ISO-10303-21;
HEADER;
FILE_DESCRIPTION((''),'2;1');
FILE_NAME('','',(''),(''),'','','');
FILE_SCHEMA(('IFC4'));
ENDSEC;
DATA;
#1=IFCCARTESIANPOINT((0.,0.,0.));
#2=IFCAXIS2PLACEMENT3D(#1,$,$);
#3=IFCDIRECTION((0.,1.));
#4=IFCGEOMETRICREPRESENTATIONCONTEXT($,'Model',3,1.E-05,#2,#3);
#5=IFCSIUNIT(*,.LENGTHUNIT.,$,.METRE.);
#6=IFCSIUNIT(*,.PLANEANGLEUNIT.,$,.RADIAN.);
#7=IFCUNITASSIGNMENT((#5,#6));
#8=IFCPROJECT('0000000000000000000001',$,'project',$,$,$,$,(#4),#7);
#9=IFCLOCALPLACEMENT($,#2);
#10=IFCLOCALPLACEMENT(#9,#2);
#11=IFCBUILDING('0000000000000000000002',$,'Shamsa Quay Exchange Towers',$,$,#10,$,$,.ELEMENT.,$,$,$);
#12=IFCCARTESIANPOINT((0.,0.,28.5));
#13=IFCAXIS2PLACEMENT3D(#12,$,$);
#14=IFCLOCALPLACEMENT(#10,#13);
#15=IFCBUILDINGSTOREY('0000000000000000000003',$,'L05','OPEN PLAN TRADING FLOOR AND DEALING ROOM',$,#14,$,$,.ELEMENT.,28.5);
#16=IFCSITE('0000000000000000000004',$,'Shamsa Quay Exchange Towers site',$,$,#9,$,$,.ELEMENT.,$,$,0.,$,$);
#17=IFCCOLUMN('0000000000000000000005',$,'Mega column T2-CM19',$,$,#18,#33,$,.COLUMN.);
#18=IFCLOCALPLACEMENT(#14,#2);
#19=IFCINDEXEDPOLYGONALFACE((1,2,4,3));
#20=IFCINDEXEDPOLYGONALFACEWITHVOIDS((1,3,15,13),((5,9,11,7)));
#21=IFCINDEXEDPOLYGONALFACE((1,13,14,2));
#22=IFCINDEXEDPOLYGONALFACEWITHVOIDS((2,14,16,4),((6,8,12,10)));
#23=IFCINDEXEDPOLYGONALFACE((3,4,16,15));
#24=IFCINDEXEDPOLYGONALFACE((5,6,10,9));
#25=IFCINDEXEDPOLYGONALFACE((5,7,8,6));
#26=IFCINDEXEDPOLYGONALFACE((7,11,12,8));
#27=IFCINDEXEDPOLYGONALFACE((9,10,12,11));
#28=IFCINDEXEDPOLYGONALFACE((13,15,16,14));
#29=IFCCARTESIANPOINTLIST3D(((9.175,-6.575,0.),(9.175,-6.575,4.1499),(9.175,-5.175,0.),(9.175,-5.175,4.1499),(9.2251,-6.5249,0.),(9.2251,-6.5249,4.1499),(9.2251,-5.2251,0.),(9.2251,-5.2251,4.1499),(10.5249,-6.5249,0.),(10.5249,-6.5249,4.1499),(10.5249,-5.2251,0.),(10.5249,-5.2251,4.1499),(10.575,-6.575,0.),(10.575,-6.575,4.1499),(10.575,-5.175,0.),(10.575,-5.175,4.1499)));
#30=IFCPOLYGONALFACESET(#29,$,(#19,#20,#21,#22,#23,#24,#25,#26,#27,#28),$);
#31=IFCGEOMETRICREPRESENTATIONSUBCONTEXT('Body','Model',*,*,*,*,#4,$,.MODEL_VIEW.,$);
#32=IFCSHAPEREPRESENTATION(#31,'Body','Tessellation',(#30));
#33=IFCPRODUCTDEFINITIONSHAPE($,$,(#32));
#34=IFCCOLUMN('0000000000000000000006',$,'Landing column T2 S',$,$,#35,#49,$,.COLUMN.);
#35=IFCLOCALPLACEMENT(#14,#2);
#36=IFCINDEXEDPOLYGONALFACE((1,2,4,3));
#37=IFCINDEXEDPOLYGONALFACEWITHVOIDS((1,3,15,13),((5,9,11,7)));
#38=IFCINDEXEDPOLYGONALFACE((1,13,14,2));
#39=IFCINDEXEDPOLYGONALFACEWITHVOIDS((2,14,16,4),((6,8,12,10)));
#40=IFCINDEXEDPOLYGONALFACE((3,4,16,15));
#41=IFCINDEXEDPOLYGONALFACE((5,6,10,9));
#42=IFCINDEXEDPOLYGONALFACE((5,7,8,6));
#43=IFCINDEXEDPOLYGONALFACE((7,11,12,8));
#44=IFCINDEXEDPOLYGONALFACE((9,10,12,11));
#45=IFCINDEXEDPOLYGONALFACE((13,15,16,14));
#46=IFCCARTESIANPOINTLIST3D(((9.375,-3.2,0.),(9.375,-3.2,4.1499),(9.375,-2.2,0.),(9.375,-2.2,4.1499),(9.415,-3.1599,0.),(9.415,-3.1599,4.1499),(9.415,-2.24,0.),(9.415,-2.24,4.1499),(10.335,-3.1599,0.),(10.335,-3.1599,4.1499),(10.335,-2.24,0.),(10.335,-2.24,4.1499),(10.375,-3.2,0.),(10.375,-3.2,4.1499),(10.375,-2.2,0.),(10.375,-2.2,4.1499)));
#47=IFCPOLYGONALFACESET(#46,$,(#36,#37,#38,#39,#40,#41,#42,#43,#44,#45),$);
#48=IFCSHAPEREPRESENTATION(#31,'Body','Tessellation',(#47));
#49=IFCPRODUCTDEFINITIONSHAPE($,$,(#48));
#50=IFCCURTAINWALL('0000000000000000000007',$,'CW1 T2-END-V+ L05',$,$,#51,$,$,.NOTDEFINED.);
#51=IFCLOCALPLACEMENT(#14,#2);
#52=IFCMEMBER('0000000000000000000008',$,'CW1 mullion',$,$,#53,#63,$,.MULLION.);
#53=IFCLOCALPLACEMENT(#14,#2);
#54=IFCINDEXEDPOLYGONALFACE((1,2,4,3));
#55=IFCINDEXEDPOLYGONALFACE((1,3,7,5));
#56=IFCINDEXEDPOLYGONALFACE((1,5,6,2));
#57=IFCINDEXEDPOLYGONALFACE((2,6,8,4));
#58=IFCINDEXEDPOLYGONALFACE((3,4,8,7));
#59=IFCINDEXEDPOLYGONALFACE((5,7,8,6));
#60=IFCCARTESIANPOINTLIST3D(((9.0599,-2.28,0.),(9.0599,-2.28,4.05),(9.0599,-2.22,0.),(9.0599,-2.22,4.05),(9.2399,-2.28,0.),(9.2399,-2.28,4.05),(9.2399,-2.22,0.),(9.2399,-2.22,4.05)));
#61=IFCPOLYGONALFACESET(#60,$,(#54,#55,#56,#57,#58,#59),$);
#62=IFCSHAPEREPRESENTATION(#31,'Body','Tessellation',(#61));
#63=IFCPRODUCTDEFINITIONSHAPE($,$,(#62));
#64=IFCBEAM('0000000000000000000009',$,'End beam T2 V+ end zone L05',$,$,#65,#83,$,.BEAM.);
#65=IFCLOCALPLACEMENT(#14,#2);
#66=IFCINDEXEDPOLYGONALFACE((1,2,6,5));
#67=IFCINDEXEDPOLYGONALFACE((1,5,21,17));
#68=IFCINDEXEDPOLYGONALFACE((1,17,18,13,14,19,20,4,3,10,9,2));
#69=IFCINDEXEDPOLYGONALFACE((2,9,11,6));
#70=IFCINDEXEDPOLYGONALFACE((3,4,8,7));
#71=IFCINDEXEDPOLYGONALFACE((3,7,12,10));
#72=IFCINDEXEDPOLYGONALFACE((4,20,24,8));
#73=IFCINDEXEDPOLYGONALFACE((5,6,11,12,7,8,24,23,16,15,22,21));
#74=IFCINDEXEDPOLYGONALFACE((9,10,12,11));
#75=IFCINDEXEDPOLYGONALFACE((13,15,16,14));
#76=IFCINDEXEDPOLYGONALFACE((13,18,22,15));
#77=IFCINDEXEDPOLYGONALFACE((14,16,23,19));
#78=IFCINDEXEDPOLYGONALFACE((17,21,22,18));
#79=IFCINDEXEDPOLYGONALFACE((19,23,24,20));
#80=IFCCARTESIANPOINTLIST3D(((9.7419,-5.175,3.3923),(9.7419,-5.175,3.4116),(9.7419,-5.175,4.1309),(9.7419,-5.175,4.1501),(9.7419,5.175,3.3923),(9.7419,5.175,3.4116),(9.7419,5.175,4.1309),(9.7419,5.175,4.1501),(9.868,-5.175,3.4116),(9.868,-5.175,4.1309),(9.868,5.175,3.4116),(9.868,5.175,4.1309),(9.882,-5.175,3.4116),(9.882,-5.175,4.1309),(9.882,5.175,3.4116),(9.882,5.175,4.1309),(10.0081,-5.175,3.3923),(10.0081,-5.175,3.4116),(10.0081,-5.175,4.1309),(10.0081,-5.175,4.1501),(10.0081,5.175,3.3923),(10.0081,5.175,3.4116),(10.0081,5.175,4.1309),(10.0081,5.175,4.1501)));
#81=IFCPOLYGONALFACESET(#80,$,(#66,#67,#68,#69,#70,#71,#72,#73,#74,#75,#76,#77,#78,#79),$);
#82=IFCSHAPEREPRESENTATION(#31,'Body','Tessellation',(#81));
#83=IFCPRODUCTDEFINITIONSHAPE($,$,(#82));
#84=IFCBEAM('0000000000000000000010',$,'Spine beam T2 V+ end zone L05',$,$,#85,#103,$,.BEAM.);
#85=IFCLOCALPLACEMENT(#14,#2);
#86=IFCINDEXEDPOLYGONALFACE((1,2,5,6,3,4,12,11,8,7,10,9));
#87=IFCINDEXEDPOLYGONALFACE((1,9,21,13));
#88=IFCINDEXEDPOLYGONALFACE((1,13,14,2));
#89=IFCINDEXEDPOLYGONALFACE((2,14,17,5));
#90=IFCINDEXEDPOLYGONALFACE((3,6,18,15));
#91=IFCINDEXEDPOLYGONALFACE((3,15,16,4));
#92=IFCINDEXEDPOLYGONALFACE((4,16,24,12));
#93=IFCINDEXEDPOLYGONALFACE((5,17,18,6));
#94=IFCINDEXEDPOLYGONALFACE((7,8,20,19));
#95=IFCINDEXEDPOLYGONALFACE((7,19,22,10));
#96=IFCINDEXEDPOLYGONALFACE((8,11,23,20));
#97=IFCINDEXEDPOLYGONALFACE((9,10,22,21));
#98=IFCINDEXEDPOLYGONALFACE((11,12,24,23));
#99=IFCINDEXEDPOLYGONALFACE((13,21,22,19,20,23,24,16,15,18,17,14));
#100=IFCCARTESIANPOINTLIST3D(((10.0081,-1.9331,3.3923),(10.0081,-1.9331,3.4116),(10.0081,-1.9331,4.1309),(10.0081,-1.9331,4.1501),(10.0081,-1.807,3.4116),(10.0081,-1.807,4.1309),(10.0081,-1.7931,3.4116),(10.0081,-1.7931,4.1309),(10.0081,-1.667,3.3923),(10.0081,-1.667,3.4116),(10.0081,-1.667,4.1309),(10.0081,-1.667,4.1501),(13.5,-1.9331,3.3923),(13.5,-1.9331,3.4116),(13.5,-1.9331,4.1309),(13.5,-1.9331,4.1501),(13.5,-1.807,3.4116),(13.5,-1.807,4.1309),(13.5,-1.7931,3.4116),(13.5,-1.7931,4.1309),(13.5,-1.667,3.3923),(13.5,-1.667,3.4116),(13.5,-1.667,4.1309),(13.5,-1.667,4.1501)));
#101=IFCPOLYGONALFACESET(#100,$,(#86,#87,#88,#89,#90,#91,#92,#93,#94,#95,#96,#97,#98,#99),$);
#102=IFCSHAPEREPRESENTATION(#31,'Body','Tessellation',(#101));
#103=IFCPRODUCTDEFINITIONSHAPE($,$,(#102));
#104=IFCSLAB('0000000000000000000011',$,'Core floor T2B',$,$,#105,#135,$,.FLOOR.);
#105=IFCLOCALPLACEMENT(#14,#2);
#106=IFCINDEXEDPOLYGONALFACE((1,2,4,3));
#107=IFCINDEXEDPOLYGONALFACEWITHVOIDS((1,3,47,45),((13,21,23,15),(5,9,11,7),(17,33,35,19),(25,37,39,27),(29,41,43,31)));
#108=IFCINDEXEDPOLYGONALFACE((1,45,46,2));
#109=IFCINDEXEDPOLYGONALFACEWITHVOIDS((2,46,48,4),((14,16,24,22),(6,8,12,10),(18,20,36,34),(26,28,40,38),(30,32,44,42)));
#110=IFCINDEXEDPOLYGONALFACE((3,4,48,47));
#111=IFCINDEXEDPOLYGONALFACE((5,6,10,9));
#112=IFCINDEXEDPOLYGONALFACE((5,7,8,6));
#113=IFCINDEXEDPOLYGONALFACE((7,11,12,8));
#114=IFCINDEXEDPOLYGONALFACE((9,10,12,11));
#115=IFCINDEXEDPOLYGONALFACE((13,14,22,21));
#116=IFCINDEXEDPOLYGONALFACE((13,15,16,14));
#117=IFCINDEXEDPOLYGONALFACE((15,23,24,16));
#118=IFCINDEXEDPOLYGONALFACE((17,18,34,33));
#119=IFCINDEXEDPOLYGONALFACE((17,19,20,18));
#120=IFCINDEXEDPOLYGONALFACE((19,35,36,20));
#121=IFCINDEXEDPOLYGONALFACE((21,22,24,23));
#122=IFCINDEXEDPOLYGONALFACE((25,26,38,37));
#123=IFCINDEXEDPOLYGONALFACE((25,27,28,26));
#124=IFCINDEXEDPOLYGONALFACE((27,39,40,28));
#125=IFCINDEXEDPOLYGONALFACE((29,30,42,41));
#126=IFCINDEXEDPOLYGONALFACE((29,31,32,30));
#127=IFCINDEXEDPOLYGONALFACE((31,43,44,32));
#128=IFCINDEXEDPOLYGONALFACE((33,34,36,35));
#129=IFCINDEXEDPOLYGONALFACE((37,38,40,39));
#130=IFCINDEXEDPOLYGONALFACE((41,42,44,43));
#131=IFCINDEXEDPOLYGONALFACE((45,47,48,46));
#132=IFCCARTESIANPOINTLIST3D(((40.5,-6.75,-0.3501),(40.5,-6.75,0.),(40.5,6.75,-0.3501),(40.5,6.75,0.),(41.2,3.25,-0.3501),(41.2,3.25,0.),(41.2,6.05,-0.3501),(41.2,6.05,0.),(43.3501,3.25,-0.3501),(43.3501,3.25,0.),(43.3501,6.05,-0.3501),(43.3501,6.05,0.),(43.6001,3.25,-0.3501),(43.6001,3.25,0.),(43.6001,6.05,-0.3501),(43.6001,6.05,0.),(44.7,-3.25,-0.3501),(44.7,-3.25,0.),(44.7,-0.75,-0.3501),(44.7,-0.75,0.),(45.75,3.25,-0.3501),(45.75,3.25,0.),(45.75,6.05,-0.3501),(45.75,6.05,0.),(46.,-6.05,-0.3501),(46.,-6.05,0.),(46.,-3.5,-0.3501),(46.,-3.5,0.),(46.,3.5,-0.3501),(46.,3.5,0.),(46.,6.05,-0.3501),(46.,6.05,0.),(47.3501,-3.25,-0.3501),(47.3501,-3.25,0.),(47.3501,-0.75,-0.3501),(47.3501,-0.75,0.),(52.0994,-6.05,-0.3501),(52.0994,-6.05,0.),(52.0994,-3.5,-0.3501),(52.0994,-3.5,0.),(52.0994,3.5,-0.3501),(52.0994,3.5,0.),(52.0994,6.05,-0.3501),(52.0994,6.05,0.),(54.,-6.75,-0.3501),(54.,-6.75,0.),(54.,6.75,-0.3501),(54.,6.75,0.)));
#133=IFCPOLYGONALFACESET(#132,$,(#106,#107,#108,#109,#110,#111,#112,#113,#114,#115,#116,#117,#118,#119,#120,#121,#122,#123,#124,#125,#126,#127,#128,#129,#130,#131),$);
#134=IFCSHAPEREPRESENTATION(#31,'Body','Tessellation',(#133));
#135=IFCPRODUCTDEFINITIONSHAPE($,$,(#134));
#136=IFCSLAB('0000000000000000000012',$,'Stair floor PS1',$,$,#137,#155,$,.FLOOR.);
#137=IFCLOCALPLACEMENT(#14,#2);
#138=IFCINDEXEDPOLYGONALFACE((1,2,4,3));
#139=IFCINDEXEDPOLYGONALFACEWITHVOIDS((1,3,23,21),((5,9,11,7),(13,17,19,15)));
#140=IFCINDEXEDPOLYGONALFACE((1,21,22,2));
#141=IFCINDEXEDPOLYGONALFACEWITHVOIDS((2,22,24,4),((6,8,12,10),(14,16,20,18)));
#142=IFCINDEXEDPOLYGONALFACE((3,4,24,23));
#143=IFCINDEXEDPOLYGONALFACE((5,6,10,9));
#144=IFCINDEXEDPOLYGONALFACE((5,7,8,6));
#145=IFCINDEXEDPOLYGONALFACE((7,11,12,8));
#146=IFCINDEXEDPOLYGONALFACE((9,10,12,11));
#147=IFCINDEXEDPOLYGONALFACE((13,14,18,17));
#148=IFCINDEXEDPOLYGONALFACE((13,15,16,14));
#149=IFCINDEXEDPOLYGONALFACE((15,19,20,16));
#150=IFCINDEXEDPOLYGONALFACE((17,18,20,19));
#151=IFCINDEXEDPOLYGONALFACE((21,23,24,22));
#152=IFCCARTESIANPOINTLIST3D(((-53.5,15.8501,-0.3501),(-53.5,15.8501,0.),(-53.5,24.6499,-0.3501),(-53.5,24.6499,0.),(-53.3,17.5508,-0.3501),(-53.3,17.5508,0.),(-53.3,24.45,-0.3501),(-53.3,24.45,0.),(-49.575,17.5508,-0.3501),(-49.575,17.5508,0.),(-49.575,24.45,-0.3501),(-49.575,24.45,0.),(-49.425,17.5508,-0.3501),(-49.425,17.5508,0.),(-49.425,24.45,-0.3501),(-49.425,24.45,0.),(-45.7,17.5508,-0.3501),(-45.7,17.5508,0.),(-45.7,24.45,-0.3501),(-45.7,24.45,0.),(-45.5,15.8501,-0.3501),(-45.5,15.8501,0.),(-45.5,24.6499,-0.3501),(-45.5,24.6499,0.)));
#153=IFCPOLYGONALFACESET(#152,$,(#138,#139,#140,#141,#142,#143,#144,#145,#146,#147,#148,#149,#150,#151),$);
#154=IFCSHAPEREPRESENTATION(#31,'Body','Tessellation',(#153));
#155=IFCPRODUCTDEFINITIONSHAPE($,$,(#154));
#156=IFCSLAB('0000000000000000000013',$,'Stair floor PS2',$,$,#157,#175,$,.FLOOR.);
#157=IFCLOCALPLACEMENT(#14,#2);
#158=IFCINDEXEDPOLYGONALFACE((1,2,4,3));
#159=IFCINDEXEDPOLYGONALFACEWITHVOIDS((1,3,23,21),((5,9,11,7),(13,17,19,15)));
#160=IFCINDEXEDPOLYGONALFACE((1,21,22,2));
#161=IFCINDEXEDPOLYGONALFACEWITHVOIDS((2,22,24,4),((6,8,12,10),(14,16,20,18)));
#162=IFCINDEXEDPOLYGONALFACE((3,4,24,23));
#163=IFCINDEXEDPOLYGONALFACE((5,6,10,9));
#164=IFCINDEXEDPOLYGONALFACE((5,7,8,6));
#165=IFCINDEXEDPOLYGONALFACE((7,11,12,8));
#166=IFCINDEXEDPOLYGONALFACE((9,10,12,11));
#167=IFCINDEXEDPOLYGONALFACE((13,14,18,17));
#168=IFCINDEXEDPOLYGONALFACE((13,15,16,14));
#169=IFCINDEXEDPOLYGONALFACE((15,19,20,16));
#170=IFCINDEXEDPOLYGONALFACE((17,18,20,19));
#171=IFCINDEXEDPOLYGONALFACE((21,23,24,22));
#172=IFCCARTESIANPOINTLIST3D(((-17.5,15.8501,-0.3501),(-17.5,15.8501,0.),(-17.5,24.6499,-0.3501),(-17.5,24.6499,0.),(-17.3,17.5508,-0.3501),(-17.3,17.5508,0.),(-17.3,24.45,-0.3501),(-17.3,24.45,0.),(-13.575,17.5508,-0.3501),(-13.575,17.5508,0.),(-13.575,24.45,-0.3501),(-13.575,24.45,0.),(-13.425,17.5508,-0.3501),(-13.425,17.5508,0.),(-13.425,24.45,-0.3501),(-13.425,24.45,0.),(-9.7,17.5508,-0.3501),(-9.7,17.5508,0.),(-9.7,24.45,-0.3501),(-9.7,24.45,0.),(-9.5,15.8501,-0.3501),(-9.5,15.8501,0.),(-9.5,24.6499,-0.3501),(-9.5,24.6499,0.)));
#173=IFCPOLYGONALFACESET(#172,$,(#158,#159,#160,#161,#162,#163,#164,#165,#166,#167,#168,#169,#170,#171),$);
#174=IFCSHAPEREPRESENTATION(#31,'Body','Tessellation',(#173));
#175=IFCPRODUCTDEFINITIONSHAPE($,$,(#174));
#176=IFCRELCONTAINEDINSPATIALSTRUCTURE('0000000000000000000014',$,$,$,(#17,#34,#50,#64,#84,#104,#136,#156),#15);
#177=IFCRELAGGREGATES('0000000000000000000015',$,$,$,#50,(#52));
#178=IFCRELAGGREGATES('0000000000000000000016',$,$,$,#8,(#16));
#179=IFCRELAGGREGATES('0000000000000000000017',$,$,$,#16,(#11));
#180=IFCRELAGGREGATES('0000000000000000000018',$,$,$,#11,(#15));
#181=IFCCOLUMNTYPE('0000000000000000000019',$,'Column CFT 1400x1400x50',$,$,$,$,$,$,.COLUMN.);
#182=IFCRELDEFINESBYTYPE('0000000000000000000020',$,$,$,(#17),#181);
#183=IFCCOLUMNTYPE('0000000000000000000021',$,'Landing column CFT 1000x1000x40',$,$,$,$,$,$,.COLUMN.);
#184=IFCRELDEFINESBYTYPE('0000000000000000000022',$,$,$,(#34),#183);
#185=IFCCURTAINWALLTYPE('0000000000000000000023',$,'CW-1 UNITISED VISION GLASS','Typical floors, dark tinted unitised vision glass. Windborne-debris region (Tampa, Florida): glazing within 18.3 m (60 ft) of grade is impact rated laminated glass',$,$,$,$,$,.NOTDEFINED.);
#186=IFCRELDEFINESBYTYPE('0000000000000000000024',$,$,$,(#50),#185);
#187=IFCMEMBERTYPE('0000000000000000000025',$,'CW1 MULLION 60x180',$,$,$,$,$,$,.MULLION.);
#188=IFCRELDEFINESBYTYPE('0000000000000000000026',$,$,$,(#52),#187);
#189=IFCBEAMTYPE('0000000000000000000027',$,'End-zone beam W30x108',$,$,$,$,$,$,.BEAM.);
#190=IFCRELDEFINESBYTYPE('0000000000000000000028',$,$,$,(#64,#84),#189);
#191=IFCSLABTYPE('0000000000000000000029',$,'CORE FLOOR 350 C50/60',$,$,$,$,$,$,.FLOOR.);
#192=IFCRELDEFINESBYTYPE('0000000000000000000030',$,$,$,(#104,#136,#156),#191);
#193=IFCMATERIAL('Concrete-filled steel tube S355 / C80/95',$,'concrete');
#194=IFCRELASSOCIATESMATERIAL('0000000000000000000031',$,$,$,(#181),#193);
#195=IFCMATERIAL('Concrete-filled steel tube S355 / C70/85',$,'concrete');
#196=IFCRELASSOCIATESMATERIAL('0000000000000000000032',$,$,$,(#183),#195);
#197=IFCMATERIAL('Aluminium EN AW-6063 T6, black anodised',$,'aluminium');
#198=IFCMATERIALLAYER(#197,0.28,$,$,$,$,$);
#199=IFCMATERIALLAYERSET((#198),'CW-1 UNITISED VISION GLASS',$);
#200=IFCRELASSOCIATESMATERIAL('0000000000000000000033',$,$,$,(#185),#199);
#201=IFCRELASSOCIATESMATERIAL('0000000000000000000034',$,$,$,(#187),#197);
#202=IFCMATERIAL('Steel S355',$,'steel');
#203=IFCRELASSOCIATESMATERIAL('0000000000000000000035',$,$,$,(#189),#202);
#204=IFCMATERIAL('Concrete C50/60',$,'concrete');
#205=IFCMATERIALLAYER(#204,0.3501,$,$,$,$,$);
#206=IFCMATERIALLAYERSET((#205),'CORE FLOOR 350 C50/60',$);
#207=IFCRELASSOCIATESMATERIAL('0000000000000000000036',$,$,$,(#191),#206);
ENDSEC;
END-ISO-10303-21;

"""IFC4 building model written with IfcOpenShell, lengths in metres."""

from ifc_helpers import new_model, si_unit, direction, frame, origin, origin_2d, place, context, subcontext, project, spatial, polyline, rectangle, hollow_rectangle, i_section, outline, extrude, material, layer, layer_set, material_profile, profile_set, type_object, element, aggregate, save


model = new_model("IFC4")

# Units and contexts
model_context = context("Model", 3, precision=1e-05, world=origin(), true_north=direction((0.0, 1.0)))
body_context = subcontext(model_context, "Body", "Model", "MODEL_VIEW")
ifc_project = project(units=[si_unit("LENGTHUNIT", "METRE"), si_unit("PLANEANGLEUNIT", "RADIAN")], contexts=[model_context])

# Site, building, storey
site_placement = place(None, origin())
site = spatial("IfcSite", under=ifc_project, at=site_placement, Name="Shamsa Quay Exchange Towers site", CompositionType="ELEMENT", RefElevation=0.0)
building_placement = place(site_placement, origin())
building = spatial("IfcBuilding", under=site, at=building_placement, Name="Shamsa Quay Exchange Towers", CompositionType="ELEMENT")
storey_placement = place(building_placement, frame((0.0, 0.0, 28.5)))
storey = spatial("IfcBuildingStorey", under=building, at=storey_placement, Name="L05", Description="OPEN PLAN TRADING FLOOR AND DEALING ROOM", CompositionType="ELEMENT", Elevation=28.5)

# Columns
ifc_material_1 = material(Name="Concrete-filled steel tube S355 / C80/95", Category="concrete")
ifc_material_profile_1 = material_profile(ifc_material_1, hollow_rectangle(XDim=1.3999, YDim=1.3999, WallThickness=0.05, at=origin_2d()), Name="CFT 1400x1400x50")
ifc_profile_set_1 = profile_set([ifc_material_profile_1], Name="Concrete-filled steel tube S355 / C80/95")
column_type_1 = type_object("IfcColumnType", Name="Column CFT 1400x1400x50", PredefinedType="COLUMN", material=ifc_profile_set_1)
column_1_placement = place(storey_placement, frame((9.875, -5.875, 0.0)))
element("IfcColumn", 1, at=column_1_placement, inside=storey, type_object=column_type_1, Name="Mega column T2-CM19", PredefinedType="COLUMN", context=body_context, shape_type="SweptSolid", body=[
    extrude(hollow_rectangle(XDim=1.3999, YDim=1.3999, WallThickness=0.05, at=origin_2d()), origin(), (0.0, 0.0, 1.0), 4.1499),
])
ifc_material_2 = material(Name="Concrete-filled steel tube S355 / C70/85", Category="concrete")
ifc_material_profile_2 = material_profile(ifc_material_2, hollow_rectangle(XDim=1.0, YDim=1.0, WallThickness=0.04, at=origin_2d()), Name="CFT 1000x1000x40")
ifc_profile_set_2 = profile_set([ifc_material_profile_2], Name="Concrete-filled steel tube S355 / C70/85")
column_type_2 = type_object("IfcColumnType", Name="Landing column CFT 1000x1000x40", PredefinedType="COLUMN", material=ifc_profile_set_2)
column_2_placement = place(storey_placement, frame((9.875, -2.7, 0.0)))
element("IfcColumn", 2, at=column_2_placement, inside=storey, type_object=column_type_2, Name="Landing column T2 S", PredefinedType="COLUMN", context=body_context, shape_type="SweptSolid", body=[
    extrude(hollow_rectangle(XDim=1.0, YDim=1.0, WallThickness=0.04, at=origin_2d()), origin(), (0.0, 0.0, 1.0), 4.1499),
])

# Curtain wall, member
ifc_material_3 = material(Name="Aluminium EN AW-6063 T6, black anodised", Category="aluminium")
ifc_layer_1 = layer(ifc_material_3, 0.28)
ifc_layer_set_1 = layer_set([ifc_layer_1], Name="CW-1 UNITISED VISION GLASS")
curtain_wall_type = type_object("IfcCurtainWallType", Name="CW-1 UNITISED VISION GLASS", Description="Typical floors, dark tinted unitised vision glass. Windborne-debris region (Tampa, Florida): glazing within 18.3 m (60 ft) of grade is impact rated laminated glass", PredefinedType="NOTDEFINED", material=ifc_layer_set_1)
curtain_wall_1_placement = place(storey_placement, origin())
curtain_wall_1 = element("IfcCurtainWall", 3, at=curtain_wall_1_placement, inside=storey, type_object=curtain_wall_type, Name="CW1 T2-END-V+ L05", PredefinedType="NOTDEFINED")
ifc_material_profile_3 = material_profile(ifc_material_3, rectangle(XDim=0.1799, YDim=0.0601, at=origin_2d()), Name="MU60x180")
ifc_profile_set_3 = profile_set([ifc_material_profile_3], Name="Aluminium EN AW-6063 T6, black anodised")
member_type = type_object("IfcMemberType", Name="CW1 MULLION 60x180", PredefinedType="MULLION", material=ifc_profile_set_3)
member_placement = place(storey_placement, frame((9.1499, -2.25, 0.0)))
member = element("IfcMember", 4, at=member_placement, type_object=member_type, Name="CW1 mullion", PredefinedType="MULLION", context=body_context, shape_type="SweptSolid", body=[
    extrude(rectangle(XDim=0.1799, YDim=0.0601, at=origin_2d()), origin(), (0.0, 0.0, 1.0), 4.05),
])

# Beams
ifc_material_4 = material(Name="Steel S355", Category="steel")
ifc_material_profile_4 = material_profile(ifc_material_4, i_section(OverallWidth=0.2661, OverallDepth=0.7578, WebThickness=0.0139, FlangeThickness=0.0193, at=origin_2d()), Name="W30x108")
ifc_profile_set_4 = profile_set([ifc_material_profile_4], Name="Steel S355")
beam_type = type_object("IfcBeamType", Name="End-zone beam W30x108", PredefinedType="BEAM", material=ifc_profile_set_4)
beam_1_placement = place(storey_placement, frame((9.875, -5.175, 3.7712), z_axis=(0.0, 1.0, 0.0), x_axis=(-1.0, 0.0, 0.0)))
element("IfcBeam", 5, at=beam_1_placement, inside=storey, type_object=beam_type, Name="End beam T2 V+ end zone L05", PredefinedType="BEAM", context=body_context, shape_type="SweptSolid", body=[
    extrude(i_section(OverallWidth=0.2661, OverallDepth=0.7578, WebThickness=0.0139, FlangeThickness=0.0193, at=origin_2d()), origin(), (0.0, 0.0, 1.0), 10.3501),
])
beam_2_placement = place(storey_placement, frame((13.5, -1.8, 3.7712), z_axis=(-1.0, 0.0, 0.0), x_axis=(0.0, -1.0, 0.0)))
element("IfcBeam", 6, at=beam_2_placement, inside=storey, type_object=beam_type, Name="Spine beam T2 V+ end zone L05", PredefinedType="BEAM", context=body_context, shape_type="SweptSolid", body=[
    extrude(i_section(OverallWidth=0.2661, OverallDepth=0.7578, WebThickness=0.0139, FlangeThickness=0.0193, at=origin_2d()), origin(), (0.0, 0.0, 1.0), 3.4919),
])

# Slabs
ifc_material_5 = material(Name="Concrete C50/60", Category="concrete")
ifc_layer_2 = layer(ifc_material_5, 0.3501)
ifc_layer_set_2 = layer_set([ifc_layer_2], Name="CORE FLOOR 350 C50/60")
slab_type_1 = type_object("IfcSlabType", Name="CORE FLOOR 350 C50/60", PredefinedType="FLOOR", material=ifc_layer_set_2)
slab_1_placement = place(storey_placement, frame((0.0, 0.0, -0.3501)))
element("IfcSlab", 7, at=slab_1_placement, inside=storey, type_object=slab_type_1, Name="Core floor T2B", PredefinedType="FLOOR", context=body_context, shape_type="SweptSolid", body=[
    extrude(outline(polyline([(54.0, -6.75), (54.0, 6.75), (40.5, 6.75), (40.5, -6.75), (54.0, -6.75)]), holes=[polyline([(52.0994, -3.5), (52.0994, -6.05), (46.0, -6.05), (46.0, -3.5), (52.0994, -3.5)]), polyline([(52.0994, 6.05), (52.0994, 3.5), (46.0, 3.5), (46.0, 6.05), (52.0994, 6.05)]), polyline([(45.75, 3.25), (43.6001, 3.25), (43.6001, 6.05), (45.75, 6.05), (45.75, 3.25)]), polyline([(43.3501, 3.25), (41.2, 3.25), (41.2, 6.05), (43.3501, 6.05), (43.3501, 3.25)]), polyline([(47.3501, -3.25), (44.7, -3.25), (44.7, -0.75), (47.3501, -0.75), (47.3501, -3.25)])]), origin(), (0.0, 0.0, 1.0), 0.3501),
])
slab_2_placement = place(storey_placement, frame((0.0, 0.0, -0.3501)))
element("IfcSlab", 8, at=slab_2_placement, inside=storey, type_object=slab_type_1, Name="Stair floor PS1", PredefinedType="FLOOR", context=body_context, shape_type="SweptSolid", body=[
    extrude(outline(polyline([(-53.5, 15.8501), (-45.5, 15.8501), (-45.5, 24.6499), (-53.5, 24.6499), (-53.5, 15.8501)]), holes=[polyline([(-49.575, 17.5508), (-53.3, 17.5508), (-53.3, 24.45), (-49.575, 24.45), (-49.575, 17.5508)]), polyline([(-45.7, 17.5508), (-49.425, 17.5508), (-49.425, 24.45), (-45.7, 24.45), (-45.7, 17.5508)])]), origin(), (0.0, 0.0, 1.0), 0.3501),
])
slab_3_placement = place(storey_placement, frame((0.0, 0.0, -0.3501)))
element("IfcSlab", 9, at=slab_3_placement, inside=storey, type_object=slab_type_1, Name="Stair floor PS2", PredefinedType="FLOOR", context=body_context, shape_type="SweptSolid", body=[
    extrude(outline(polyline([(-17.5, 15.8501), (-9.5, 15.8501), (-9.5, 24.6499), (-17.5, 24.6499), (-17.5, 15.8501)]), holes=[polyline([(-13.575, 17.5508), (-17.3, 17.5508), (-17.3, 24.45), (-13.575, 24.45), (-13.575, 17.5508)]), polyline([(-9.7, 17.5508), (-13.425, 17.5508), (-13.425, 24.45), (-9.7, 24.45), (-9.7, 17.5508)])]), origin(), (0.0, 0.0, 1.0), 0.3501),
])

aggregate(curtain_wall_1, [member])

save(model, "model.ifc")
